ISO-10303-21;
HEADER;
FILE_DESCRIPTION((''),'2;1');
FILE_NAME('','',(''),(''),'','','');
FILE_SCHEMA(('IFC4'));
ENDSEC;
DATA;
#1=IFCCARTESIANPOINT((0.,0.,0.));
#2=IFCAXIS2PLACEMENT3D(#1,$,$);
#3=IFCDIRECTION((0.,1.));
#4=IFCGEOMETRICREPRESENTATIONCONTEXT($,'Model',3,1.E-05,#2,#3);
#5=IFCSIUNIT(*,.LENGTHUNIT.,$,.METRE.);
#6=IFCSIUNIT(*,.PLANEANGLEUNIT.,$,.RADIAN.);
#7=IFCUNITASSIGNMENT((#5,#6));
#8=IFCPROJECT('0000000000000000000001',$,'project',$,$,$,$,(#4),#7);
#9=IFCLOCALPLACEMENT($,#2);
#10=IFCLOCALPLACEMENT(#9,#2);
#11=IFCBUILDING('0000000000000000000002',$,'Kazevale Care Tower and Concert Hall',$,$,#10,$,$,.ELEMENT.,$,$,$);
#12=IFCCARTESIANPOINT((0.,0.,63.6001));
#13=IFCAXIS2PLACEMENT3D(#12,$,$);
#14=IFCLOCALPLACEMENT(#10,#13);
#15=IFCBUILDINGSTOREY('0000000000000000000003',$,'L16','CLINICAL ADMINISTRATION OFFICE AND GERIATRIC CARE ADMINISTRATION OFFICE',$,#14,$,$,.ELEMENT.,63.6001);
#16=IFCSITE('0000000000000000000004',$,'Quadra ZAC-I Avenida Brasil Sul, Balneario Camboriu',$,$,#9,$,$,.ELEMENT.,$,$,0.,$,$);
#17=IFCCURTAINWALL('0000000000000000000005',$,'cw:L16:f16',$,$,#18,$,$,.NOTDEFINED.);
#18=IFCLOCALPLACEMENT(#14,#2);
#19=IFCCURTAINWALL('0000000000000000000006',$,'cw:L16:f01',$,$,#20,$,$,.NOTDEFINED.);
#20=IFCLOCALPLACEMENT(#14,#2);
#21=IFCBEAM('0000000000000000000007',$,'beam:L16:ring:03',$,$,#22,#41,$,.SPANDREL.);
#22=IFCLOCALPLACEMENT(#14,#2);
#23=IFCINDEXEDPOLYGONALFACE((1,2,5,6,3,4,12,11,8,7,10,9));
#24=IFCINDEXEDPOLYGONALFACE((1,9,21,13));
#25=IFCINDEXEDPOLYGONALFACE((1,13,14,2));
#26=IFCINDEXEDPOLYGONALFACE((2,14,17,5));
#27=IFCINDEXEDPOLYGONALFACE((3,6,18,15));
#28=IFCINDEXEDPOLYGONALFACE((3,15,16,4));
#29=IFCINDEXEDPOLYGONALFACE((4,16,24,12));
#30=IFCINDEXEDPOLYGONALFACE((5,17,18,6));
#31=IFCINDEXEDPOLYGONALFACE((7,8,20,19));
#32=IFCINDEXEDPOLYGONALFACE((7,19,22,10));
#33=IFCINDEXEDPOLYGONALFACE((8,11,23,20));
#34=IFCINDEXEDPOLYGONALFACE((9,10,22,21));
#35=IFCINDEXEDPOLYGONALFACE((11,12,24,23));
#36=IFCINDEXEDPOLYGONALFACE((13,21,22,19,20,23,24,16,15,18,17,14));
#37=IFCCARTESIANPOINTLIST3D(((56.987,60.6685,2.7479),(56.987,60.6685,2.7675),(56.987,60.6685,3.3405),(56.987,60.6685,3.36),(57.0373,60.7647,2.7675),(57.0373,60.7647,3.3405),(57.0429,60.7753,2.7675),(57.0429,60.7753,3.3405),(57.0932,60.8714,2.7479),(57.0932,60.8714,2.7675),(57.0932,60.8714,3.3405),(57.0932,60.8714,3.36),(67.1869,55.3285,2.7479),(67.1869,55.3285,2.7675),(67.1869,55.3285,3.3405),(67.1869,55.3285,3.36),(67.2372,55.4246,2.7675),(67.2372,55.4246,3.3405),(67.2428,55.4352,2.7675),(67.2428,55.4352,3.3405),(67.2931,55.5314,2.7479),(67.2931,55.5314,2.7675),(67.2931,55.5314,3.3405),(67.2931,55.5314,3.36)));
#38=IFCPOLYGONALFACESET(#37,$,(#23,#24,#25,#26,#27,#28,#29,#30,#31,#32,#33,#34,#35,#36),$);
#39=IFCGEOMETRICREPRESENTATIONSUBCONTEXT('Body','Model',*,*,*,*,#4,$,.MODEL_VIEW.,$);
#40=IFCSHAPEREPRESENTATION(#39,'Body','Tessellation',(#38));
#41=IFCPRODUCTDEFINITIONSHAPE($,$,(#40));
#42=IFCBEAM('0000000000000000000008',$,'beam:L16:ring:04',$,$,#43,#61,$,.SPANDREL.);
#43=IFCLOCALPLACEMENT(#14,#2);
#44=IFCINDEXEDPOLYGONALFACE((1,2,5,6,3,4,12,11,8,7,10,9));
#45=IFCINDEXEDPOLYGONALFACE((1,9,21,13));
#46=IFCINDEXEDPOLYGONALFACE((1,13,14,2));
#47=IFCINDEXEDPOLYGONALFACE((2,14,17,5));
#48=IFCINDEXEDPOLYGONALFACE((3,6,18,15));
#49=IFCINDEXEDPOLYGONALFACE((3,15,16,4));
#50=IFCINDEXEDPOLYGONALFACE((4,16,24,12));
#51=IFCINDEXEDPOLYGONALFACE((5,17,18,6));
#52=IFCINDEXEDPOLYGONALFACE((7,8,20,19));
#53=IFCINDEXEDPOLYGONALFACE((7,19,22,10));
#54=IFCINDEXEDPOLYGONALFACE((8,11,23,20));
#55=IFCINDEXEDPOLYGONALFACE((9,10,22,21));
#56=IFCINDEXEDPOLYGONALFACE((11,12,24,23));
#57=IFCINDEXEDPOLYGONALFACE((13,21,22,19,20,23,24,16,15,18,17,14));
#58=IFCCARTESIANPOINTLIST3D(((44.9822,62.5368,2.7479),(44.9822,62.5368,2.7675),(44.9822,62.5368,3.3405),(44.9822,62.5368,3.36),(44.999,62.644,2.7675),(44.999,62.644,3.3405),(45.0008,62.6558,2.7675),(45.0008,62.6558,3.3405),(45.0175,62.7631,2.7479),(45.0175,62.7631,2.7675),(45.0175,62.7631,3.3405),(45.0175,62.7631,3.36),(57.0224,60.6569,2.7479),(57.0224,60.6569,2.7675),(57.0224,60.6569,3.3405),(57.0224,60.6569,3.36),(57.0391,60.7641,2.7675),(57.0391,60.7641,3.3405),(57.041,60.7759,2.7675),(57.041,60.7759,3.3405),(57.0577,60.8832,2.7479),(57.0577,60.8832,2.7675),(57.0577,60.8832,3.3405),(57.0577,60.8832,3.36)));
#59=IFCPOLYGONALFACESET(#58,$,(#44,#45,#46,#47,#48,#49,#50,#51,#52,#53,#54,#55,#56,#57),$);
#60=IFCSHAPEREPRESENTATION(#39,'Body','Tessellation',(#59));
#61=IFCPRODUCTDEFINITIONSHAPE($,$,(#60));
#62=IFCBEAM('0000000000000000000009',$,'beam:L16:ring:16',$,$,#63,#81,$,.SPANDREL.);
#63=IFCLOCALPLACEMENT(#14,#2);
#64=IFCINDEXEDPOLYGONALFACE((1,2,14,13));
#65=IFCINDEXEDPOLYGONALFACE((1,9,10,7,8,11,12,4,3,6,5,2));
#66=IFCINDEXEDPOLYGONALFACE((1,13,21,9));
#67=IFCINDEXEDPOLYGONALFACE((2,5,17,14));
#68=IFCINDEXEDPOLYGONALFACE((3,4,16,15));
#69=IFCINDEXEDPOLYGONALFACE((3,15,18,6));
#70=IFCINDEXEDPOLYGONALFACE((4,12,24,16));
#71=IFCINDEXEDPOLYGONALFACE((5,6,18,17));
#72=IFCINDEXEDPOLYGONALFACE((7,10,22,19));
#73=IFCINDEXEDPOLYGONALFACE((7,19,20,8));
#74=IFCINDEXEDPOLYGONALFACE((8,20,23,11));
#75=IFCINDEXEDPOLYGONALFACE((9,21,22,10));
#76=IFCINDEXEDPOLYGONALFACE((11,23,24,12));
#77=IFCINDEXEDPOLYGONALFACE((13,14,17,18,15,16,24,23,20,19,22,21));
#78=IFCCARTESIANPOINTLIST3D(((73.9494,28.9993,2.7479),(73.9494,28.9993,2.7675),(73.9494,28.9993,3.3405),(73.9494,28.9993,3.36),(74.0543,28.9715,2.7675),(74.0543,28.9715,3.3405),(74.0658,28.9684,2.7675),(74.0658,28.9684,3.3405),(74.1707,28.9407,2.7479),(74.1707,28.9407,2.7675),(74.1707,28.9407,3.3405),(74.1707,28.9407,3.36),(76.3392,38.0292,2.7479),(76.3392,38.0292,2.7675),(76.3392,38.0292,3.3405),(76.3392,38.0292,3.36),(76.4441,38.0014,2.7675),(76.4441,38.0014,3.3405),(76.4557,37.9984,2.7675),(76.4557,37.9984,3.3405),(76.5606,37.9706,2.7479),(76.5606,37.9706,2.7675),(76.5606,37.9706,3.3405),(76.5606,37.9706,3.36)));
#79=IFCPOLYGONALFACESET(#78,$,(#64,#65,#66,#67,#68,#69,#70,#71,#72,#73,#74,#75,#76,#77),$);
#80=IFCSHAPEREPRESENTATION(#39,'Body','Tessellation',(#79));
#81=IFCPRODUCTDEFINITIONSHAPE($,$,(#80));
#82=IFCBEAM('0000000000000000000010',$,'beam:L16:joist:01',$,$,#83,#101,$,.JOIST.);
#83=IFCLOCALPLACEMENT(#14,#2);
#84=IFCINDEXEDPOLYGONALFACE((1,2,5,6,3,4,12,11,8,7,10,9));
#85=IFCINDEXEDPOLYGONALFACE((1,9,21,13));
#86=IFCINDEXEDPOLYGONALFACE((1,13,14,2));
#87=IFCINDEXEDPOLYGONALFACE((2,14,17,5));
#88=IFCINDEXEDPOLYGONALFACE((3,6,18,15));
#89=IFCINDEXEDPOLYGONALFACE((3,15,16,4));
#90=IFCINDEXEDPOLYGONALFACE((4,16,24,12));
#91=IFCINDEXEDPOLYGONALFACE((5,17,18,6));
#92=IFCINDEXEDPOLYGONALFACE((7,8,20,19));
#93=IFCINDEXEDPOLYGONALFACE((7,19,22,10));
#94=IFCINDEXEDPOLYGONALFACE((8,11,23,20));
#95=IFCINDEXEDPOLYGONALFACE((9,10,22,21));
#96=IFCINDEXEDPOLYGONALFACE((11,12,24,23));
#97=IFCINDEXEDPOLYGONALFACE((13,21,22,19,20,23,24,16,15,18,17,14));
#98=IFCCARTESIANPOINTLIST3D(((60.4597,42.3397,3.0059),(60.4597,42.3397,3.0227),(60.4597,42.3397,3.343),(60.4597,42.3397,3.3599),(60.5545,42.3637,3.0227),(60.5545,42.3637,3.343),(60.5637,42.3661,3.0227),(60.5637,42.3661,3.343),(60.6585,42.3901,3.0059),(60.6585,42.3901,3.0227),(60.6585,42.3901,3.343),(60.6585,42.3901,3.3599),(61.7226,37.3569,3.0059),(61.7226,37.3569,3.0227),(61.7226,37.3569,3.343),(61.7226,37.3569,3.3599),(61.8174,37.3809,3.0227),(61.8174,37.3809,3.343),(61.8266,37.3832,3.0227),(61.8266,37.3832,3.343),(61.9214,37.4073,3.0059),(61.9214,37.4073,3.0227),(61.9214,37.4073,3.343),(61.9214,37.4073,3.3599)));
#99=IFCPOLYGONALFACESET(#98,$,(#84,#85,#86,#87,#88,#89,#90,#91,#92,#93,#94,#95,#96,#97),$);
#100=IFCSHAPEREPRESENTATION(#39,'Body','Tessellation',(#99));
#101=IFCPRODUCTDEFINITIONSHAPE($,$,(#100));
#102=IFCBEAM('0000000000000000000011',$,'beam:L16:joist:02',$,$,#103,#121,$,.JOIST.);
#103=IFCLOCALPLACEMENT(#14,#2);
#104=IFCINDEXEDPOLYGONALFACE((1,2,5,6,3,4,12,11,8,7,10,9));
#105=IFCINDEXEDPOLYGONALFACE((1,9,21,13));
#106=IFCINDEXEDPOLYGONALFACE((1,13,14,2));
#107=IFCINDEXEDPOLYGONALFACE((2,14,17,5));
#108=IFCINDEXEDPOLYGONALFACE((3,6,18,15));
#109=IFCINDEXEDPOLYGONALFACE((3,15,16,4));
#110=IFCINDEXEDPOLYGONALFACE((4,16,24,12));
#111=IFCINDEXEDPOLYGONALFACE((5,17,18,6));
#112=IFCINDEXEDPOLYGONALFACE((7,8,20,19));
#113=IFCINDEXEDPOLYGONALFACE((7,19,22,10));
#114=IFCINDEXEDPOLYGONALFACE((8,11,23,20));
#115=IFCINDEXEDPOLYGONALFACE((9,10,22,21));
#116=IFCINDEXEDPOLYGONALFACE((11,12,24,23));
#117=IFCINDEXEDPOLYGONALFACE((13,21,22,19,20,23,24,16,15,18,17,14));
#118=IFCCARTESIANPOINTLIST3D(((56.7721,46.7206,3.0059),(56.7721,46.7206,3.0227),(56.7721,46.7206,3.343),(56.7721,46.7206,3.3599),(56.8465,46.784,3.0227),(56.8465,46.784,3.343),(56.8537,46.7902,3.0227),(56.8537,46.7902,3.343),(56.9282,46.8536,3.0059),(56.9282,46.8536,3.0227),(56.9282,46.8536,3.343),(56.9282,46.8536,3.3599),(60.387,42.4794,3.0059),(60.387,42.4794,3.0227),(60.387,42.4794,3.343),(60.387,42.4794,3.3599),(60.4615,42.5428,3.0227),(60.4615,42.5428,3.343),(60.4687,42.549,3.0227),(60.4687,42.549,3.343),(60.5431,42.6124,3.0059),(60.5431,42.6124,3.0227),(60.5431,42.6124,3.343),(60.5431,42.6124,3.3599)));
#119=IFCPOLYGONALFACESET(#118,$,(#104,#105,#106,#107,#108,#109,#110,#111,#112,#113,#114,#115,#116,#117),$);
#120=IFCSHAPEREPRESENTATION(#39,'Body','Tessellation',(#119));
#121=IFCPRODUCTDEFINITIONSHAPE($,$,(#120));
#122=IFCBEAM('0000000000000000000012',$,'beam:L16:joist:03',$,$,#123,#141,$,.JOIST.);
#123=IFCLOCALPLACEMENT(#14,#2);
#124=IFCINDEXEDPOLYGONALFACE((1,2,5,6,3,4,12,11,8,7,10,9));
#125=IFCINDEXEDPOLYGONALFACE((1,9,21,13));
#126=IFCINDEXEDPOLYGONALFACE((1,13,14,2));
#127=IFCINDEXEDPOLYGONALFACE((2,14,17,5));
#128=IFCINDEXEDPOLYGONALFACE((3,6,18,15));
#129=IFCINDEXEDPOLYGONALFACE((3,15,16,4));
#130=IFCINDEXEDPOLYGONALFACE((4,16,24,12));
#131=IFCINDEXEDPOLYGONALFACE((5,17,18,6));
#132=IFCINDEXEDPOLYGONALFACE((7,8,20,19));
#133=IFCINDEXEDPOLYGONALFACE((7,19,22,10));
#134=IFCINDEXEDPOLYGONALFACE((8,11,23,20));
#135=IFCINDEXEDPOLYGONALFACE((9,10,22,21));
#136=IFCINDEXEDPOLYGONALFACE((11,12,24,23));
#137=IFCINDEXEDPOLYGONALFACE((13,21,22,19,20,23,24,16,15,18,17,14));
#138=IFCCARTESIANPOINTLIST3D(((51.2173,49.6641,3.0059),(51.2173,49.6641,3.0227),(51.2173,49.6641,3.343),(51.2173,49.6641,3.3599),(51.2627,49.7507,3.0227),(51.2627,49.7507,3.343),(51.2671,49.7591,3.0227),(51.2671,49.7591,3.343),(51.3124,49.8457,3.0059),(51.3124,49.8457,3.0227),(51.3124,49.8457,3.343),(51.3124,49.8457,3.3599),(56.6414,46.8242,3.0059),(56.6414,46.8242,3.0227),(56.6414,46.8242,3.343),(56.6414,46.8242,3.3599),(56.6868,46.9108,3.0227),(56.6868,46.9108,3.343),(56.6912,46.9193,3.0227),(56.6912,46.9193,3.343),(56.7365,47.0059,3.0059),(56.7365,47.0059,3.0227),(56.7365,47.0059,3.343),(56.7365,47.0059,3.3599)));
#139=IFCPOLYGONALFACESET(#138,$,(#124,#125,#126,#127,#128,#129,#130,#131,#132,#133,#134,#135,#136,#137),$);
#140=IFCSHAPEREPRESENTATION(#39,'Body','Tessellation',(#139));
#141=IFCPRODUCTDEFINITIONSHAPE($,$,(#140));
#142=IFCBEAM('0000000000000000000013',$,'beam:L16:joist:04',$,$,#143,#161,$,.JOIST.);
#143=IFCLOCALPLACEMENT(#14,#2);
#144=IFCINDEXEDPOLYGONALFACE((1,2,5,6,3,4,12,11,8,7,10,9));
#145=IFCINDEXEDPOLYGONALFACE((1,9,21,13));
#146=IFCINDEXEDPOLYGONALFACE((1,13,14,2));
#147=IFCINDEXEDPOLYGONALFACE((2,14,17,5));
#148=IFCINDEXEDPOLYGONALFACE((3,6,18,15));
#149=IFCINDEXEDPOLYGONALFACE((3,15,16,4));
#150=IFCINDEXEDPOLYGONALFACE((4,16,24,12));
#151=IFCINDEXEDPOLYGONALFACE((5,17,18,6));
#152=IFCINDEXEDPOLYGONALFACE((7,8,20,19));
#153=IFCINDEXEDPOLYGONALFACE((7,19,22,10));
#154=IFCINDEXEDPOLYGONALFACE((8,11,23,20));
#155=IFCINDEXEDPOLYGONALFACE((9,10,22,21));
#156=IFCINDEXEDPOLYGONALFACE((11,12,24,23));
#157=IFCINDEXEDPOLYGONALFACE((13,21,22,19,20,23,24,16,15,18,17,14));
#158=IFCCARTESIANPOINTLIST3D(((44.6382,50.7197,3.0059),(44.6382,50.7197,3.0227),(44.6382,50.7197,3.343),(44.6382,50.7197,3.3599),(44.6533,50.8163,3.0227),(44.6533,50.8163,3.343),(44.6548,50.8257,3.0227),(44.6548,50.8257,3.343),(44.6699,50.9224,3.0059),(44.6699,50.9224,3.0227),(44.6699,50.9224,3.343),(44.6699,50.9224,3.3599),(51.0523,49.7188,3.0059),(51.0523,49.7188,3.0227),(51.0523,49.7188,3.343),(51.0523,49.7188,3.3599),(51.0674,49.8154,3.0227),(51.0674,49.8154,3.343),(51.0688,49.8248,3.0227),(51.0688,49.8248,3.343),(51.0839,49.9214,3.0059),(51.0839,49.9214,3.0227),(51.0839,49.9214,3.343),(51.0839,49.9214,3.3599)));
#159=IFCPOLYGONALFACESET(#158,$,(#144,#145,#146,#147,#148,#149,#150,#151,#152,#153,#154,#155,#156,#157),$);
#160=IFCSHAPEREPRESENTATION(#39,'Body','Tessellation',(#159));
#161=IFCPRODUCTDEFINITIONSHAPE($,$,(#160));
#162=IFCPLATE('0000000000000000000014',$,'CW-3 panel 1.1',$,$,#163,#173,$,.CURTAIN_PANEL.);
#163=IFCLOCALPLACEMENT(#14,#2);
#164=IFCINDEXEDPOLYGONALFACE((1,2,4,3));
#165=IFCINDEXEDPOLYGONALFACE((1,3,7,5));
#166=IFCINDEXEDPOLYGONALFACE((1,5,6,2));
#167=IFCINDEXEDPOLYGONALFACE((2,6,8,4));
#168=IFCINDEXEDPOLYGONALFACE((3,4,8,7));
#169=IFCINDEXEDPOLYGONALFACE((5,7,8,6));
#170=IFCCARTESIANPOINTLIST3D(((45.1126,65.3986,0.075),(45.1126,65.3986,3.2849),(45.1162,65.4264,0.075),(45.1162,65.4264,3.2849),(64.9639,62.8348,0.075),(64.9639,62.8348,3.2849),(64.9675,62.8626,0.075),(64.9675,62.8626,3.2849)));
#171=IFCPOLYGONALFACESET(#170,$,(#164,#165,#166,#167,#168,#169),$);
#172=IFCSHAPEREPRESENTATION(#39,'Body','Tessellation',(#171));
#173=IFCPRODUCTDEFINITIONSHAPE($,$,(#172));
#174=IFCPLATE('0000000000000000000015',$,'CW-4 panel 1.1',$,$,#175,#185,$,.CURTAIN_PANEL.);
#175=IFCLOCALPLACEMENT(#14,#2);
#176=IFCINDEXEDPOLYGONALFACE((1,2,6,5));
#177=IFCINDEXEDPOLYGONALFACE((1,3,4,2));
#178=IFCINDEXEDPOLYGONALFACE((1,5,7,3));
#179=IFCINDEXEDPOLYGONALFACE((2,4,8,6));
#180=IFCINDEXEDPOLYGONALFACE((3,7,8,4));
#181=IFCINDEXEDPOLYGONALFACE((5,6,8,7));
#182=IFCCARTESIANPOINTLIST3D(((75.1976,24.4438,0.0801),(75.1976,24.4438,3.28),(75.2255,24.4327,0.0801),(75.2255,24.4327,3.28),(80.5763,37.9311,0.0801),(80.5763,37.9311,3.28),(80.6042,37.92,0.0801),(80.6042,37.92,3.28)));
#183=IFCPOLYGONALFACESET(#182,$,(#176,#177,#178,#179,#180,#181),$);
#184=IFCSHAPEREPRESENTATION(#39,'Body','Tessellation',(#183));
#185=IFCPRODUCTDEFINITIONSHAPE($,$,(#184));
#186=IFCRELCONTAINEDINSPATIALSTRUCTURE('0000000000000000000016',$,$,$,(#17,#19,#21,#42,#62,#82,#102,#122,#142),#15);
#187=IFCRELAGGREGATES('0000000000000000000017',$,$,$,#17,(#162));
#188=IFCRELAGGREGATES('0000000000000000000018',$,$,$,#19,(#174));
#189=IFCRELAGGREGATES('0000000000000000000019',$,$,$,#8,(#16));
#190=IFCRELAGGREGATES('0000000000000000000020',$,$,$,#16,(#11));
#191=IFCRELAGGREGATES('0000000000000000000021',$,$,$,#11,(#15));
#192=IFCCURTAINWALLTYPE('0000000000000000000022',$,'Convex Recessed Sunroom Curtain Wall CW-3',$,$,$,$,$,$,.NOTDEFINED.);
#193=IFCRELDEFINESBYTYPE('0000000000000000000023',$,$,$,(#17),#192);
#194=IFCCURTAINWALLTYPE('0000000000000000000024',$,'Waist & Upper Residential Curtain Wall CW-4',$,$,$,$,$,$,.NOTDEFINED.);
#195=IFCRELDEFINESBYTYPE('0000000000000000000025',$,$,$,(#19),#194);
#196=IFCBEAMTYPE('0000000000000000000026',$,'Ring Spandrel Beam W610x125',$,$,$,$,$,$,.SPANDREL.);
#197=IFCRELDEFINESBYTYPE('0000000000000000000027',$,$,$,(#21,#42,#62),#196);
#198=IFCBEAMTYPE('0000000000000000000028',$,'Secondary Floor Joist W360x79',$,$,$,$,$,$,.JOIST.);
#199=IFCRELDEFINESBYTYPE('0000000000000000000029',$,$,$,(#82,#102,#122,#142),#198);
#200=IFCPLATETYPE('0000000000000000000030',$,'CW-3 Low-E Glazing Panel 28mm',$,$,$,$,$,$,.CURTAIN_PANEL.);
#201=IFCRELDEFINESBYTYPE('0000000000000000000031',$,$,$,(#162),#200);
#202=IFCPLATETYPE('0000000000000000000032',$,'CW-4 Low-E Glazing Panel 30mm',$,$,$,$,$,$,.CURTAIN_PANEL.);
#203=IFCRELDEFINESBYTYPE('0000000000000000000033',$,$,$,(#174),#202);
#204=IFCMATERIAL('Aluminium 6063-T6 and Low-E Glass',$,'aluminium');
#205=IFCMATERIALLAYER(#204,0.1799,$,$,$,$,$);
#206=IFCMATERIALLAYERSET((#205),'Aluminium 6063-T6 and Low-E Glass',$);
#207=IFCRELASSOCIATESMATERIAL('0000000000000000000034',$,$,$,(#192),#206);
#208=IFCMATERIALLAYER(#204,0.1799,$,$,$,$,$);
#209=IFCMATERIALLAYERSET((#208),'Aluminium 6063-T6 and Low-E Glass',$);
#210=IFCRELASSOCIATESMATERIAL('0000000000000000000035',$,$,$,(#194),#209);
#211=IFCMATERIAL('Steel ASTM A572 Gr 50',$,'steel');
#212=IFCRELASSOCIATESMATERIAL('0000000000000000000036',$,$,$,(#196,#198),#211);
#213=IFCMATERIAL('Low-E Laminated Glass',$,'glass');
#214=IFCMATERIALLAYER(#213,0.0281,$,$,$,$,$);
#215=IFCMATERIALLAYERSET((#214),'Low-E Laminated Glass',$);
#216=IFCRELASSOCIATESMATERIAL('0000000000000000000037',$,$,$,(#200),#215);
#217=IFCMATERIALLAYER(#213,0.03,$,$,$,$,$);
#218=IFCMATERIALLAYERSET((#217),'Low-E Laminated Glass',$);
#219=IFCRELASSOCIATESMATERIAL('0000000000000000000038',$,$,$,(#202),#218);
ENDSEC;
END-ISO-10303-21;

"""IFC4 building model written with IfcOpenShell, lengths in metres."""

from ifc_helpers import new_model, si_unit, direction, frame, origin, origin_2d, place, context, subcontext, project, spatial, rectangle, i_section, extrude, material, layer, layer_set, material_profile, profile_set, type_object, element, aggregate, save


model = new_model("IFC4")

# Units and contexts
model_context = context("Model", 3, precision=1e-05, world=origin(), true_north=direction((0.0, 1.0)))
body_context = subcontext(model_context, "Body", "Model", "MODEL_VIEW")
ifc_project = project(units=[si_unit("LENGTHUNIT", "METRE"), si_unit("PLANEANGLEUNIT", "RADIAN")], contexts=[model_context])

# Site, building, storey
site_placement = place(None, origin())
site = spatial("IfcSite", under=ifc_project, at=site_placement, Name="Quadra ZAC-I Avenida Brasil Sul, Balneario Camboriu", CompositionType="ELEMENT", RefElevation=0.0)
building_placement = place(site_placement, origin())
building = spatial("IfcBuilding", under=site, at=building_placement, Name="Kazevale Care Tower and Concert Hall", CompositionType="ELEMENT")
storey_placement = place(building_placement, frame((0.0, 0.0, 63.6001)))
storey = spatial("IfcBuildingStorey", under=building, at=storey_placement, Name="L16", Description="CLINICAL ADMINISTRATION OFFICE AND GERIATRIC CARE ADMINISTRATION OFFICE", CompositionType="ELEMENT", Elevation=63.6001)

# Curtain walls
ifc_material_1 = material(Name="Aluminium 6063-T6 and Low-E Glass", Category="aluminium")
ifc_layer_1 = layer(ifc_material_1, 0.1799)
ifc_layer_set_1 = layer_set([ifc_layer_1], Name="Aluminium 6063-T6 and Low-E Glass")
curtain_wall_type_1 = type_object("IfcCurtainWallType", Name="Convex Recessed Sunroom Curtain Wall CW-3", PredefinedType="NOTDEFINED", material=ifc_layer_set_1)
curtain_wall_1_placement = place(storey_placement, origin())
curtain_wall_1 = element("IfcCurtainWall", 1, at=curtain_wall_1_placement, inside=storey, type_object=curtain_wall_type_1, Name="cw:L16:f16", PredefinedType="NOTDEFINED")
ifc_layer_2 = layer(ifc_material_1, 0.1799)
ifc_layer_set_2 = layer_set([ifc_layer_2], Name="Aluminium 6063-T6 and Low-E Glass")
curtain_wall_type_2 = type_object("IfcCurtainWallType", Name="Waist & Upper Residential Curtain Wall CW-4", PredefinedType="NOTDEFINED", material=ifc_layer_set_2)
curtain_wall_2_placement = place(storey_placement, origin())
curtain_wall_2 = element("IfcCurtainWall", 2, at=curtain_wall_2_placement, inside=storey, type_object=curtain_wall_type_2, Name="cw:L16:f01", PredefinedType="NOTDEFINED")

# Beams
ifc_material_2 = material(Name="Steel ASTM A572 Gr 50", Category="steel")
ifc_material_profile_1 = material_profile(ifc_material_2, i_section(OverallWidth=0.229, OverallDepth=0.6121, WebThickness=0.012, FlangeThickness=0.0195, at=origin_2d()), Name="W610x125")
ifc_profile_set_1 = profile_set([ifc_material_profile_1], Name="Steel ASTM A572 Gr 50")
beam_type_1 = type_object("IfcBeamType", Name="Ring Spandrel Beam W610x125", PredefinedType="SPANDREL", material=ifc_profile_set_1)
beam_1_placement = place(storey_placement, frame((67.24, 55.4299, 3.054), z_axis=(-0.885929, 0.46382, 0.0), x_axis=(-0.46382, -0.885929, 0.0)))
element("IfcBeam", 3, at=beam_1_placement, inside=storey, type_object=beam_type_1, Name="beam:L16:ring:03", PredefinedType="SPANDREL", context=body_context, shape_type="SweptSolid", body=[
    extrude(i_section(OverallWidth=0.229, OverallDepth=0.6121, WebThickness=0.012, FlangeThickness=0.0195, at=origin_2d()), origin(), (0.0, 0.0, 1.0), 11.5132),
])
beam_2_placement = place(storey_placement, frame((57.04, 60.77, 3.054), z_axis=(-0.988029, 0.154267, 0.0), x_axis=(-0.154267, -0.988029, 0.0)))
element("IfcBeam", 4, at=beam_2_placement, inside=storey, type_object=beam_type_1, Name="beam:L16:ring:04", PredefinedType="SPANDREL", context=body_context, shape_type="SweptSolid", body=[
    extrude(i_section(OverallWidth=0.229, OverallDepth=0.6121, WebThickness=0.012, FlangeThickness=0.0195, at=origin_2d()), origin(), (0.0, 0.0, 1.0), 12.186),
])
beam_3_placement = place(storey_placement, frame((74.0601, 28.97, 3.054), z_axis=(0.255852, 0.966716, 0.0), x_axis=(-0.966716, 0.255852, 0.0)))
element("IfcBeam", 5, at=beam_3_placement, inside=storey, type_object=beam_type_1, Name="beam:L16:ring:16", PredefinedType="SPANDREL", context=body_context, shape_type="SweptSolid", body=[
    extrude(i_section(OverallWidth=0.229, OverallDepth=0.6121, WebThickness=0.012, FlangeThickness=0.0195, at=origin_2d()), origin(), (0.0, 0.0, 1.0), 9.3408),
])
ifc_material_profile_2 = material_profile(ifc_material_2, i_section(OverallWidth=0.2051, OverallDepth=0.354, WebThickness=0.0095, FlangeThickness=0.0168, at=origin_2d()), Name="W360x79")
ifc_profile_set_2 = profile_set([ifc_material_profile_2], Name="Steel ASTM A572 Gr 50")
beam_type_2 = type_object("IfcBeamType", Name="Secondary Floor Joist W360x79", PredefinedType="JOIST", material=ifc_profile_set_2)
beam_4_placement = place(storey_placement, frame((61.822, 37.3821, 3.1829), z_axis=(-0.245686, 0.96935, 0.0), x_axis=(-0.96935, -0.245686, 0.0)))
element("IfcBeam", 6, at=beam_4_placement, inside=storey, type_object=beam_type_2, Name="beam:L16:joist:01", PredefinedType="JOIST", context=body_context, shape_type="SweptSolid", body=[
    extrude(i_section(OverallWidth=0.2051, OverallDepth=0.354, WebThickness=0.0095, FlangeThickness=0.0168, at=origin_2d()), origin(), (0.0, 0.0, 1.0), 5.1404),
])
beam_5_placement = place(storey_placement, frame((60.4651, 42.5459, 3.1829), z_axis=(-0.648686, 0.761057, 0.0), x_axis=(-0.761057, -0.648686, 0.0)))
element("IfcBeam", 7, at=beam_5_placement, inside=storey, type_object=beam_type_2, Name="beam:L16:joist:02", PredefinedType="JOIST", context=body_context, shape_type="SweptSolid", body=[
    extrude(i_section(OverallWidth=0.2051, OverallDepth=0.354, WebThickness=0.0095, FlangeThickness=0.0168, at=origin_2d()), origin(), (0.0, 0.0, 1.0), 5.5728),
])
beam_6_placement = place(storey_placement, frame((56.689, 46.915, 3.1829), z_axis=(-0.885921, 0.463836, 0.0), x_axis=(-0.463836, -0.885921, 0.0)))
element("IfcBeam", 8, at=beam_6_placement, inside=storey, type_object=beam_type_2, Name="beam:L16:joist:03", PredefinedType="JOIST", context=body_context, shape_type="SweptSolid", body=[
    extrude(i_section(OverallWidth=0.2051, OverallDepth=0.354, WebThickness=0.0095, FlangeThickness=0.0168, at=origin_2d()), origin(), (0.0, 0.0, 1.0), 6.1226),
])
beam_7_placement = place(storey_placement, frame((51.0681, 49.8201, 3.1829), z_axis=(-0.988041, 0.154193, 0.0), x_axis=(-0.154193, -0.988041, 0.0)))
element("IfcBeam", 9, at=beam_7_placement, inside=storey, type_object=beam_type_2, Name="beam:L16:joist:04", PredefinedType="JOIST", context=body_context, shape_type="SweptSolid", body=[
    extrude(i_section(OverallWidth=0.2051, OverallDepth=0.354, WebThickness=0.0095, FlangeThickness=0.0168, at=origin_2d()), origin(), (0.0, 0.0, 1.0), 6.4917),
])

# Plates
ifc_material_3 = material(Name="Low-E Laminated Glass", Category="glass")
ifc_layer_3 = layer(ifc_material_3, 0.0281)
ifc_layer_set_3 = layer_set([ifc_layer_3], Name="Low-E Laminated Glass")
plate_type_1 = type_object("IfcPlateType", Name="CW-3 Low-E Glazing Panel 28mm", PredefinedType="CURTAIN_PANEL", material=ifc_layer_set_3)
plate_1_placement = place(storey_placement, frame((55.04, 64.1306, 0.075), z_axis=(0.0, 0.0, 1.0), x_axis=(0.991763, -0.128086, 0.0)))
plate_1 = element("IfcPlate", 10, at=plate_1_placement, type_object=plate_type_1, Name="CW-3 panel 1.1", PredefinedType="CURTAIN_PANEL", context=body_context, shape_type="SweptSolid", body=[
    extrude(rectangle(XDim=20.0161, YDim=0.0281, at=origin_2d()), origin(), (0.0, 0.0, 1.0), 3.21),
])
aggregate(curtain_wall_1, [plate_1])
ifc_layer_4 = layer(ifc_material_3, 0.03)
ifc_layer_set_4 = layer_set([ifc_layer_4], Name="Low-E Laminated Glass")
plate_type_2 = type_object("IfcPlateType", Name="CW-4 Low-E Glazing Panel 30mm", PredefinedType="CURTAIN_PANEL", material=ifc_layer_set_4)
plate_2_placement = place(storey_placement, frame((77.9009, 31.1819, 0.0801), z_axis=(0.0, 0.0, 1.0), x_axis=(-0.370427, -0.928861, 0.0)))
plate_2 = element("IfcPlate", 11, at=plate_2_placement, type_object=plate_type_2, Name="CW-4 panel 1.1", PredefinedType="CURTAIN_PANEL", context=body_context, shape_type="SweptSolid", body=[
    extrude(rectangle(XDim=14.5203, YDim=0.03, at=origin_2d()), origin(), (0.0, 0.0, 1.0), 3.2),
])
aggregate(curtain_wall_2, [plate_2])

save(model, "model.ifc")
